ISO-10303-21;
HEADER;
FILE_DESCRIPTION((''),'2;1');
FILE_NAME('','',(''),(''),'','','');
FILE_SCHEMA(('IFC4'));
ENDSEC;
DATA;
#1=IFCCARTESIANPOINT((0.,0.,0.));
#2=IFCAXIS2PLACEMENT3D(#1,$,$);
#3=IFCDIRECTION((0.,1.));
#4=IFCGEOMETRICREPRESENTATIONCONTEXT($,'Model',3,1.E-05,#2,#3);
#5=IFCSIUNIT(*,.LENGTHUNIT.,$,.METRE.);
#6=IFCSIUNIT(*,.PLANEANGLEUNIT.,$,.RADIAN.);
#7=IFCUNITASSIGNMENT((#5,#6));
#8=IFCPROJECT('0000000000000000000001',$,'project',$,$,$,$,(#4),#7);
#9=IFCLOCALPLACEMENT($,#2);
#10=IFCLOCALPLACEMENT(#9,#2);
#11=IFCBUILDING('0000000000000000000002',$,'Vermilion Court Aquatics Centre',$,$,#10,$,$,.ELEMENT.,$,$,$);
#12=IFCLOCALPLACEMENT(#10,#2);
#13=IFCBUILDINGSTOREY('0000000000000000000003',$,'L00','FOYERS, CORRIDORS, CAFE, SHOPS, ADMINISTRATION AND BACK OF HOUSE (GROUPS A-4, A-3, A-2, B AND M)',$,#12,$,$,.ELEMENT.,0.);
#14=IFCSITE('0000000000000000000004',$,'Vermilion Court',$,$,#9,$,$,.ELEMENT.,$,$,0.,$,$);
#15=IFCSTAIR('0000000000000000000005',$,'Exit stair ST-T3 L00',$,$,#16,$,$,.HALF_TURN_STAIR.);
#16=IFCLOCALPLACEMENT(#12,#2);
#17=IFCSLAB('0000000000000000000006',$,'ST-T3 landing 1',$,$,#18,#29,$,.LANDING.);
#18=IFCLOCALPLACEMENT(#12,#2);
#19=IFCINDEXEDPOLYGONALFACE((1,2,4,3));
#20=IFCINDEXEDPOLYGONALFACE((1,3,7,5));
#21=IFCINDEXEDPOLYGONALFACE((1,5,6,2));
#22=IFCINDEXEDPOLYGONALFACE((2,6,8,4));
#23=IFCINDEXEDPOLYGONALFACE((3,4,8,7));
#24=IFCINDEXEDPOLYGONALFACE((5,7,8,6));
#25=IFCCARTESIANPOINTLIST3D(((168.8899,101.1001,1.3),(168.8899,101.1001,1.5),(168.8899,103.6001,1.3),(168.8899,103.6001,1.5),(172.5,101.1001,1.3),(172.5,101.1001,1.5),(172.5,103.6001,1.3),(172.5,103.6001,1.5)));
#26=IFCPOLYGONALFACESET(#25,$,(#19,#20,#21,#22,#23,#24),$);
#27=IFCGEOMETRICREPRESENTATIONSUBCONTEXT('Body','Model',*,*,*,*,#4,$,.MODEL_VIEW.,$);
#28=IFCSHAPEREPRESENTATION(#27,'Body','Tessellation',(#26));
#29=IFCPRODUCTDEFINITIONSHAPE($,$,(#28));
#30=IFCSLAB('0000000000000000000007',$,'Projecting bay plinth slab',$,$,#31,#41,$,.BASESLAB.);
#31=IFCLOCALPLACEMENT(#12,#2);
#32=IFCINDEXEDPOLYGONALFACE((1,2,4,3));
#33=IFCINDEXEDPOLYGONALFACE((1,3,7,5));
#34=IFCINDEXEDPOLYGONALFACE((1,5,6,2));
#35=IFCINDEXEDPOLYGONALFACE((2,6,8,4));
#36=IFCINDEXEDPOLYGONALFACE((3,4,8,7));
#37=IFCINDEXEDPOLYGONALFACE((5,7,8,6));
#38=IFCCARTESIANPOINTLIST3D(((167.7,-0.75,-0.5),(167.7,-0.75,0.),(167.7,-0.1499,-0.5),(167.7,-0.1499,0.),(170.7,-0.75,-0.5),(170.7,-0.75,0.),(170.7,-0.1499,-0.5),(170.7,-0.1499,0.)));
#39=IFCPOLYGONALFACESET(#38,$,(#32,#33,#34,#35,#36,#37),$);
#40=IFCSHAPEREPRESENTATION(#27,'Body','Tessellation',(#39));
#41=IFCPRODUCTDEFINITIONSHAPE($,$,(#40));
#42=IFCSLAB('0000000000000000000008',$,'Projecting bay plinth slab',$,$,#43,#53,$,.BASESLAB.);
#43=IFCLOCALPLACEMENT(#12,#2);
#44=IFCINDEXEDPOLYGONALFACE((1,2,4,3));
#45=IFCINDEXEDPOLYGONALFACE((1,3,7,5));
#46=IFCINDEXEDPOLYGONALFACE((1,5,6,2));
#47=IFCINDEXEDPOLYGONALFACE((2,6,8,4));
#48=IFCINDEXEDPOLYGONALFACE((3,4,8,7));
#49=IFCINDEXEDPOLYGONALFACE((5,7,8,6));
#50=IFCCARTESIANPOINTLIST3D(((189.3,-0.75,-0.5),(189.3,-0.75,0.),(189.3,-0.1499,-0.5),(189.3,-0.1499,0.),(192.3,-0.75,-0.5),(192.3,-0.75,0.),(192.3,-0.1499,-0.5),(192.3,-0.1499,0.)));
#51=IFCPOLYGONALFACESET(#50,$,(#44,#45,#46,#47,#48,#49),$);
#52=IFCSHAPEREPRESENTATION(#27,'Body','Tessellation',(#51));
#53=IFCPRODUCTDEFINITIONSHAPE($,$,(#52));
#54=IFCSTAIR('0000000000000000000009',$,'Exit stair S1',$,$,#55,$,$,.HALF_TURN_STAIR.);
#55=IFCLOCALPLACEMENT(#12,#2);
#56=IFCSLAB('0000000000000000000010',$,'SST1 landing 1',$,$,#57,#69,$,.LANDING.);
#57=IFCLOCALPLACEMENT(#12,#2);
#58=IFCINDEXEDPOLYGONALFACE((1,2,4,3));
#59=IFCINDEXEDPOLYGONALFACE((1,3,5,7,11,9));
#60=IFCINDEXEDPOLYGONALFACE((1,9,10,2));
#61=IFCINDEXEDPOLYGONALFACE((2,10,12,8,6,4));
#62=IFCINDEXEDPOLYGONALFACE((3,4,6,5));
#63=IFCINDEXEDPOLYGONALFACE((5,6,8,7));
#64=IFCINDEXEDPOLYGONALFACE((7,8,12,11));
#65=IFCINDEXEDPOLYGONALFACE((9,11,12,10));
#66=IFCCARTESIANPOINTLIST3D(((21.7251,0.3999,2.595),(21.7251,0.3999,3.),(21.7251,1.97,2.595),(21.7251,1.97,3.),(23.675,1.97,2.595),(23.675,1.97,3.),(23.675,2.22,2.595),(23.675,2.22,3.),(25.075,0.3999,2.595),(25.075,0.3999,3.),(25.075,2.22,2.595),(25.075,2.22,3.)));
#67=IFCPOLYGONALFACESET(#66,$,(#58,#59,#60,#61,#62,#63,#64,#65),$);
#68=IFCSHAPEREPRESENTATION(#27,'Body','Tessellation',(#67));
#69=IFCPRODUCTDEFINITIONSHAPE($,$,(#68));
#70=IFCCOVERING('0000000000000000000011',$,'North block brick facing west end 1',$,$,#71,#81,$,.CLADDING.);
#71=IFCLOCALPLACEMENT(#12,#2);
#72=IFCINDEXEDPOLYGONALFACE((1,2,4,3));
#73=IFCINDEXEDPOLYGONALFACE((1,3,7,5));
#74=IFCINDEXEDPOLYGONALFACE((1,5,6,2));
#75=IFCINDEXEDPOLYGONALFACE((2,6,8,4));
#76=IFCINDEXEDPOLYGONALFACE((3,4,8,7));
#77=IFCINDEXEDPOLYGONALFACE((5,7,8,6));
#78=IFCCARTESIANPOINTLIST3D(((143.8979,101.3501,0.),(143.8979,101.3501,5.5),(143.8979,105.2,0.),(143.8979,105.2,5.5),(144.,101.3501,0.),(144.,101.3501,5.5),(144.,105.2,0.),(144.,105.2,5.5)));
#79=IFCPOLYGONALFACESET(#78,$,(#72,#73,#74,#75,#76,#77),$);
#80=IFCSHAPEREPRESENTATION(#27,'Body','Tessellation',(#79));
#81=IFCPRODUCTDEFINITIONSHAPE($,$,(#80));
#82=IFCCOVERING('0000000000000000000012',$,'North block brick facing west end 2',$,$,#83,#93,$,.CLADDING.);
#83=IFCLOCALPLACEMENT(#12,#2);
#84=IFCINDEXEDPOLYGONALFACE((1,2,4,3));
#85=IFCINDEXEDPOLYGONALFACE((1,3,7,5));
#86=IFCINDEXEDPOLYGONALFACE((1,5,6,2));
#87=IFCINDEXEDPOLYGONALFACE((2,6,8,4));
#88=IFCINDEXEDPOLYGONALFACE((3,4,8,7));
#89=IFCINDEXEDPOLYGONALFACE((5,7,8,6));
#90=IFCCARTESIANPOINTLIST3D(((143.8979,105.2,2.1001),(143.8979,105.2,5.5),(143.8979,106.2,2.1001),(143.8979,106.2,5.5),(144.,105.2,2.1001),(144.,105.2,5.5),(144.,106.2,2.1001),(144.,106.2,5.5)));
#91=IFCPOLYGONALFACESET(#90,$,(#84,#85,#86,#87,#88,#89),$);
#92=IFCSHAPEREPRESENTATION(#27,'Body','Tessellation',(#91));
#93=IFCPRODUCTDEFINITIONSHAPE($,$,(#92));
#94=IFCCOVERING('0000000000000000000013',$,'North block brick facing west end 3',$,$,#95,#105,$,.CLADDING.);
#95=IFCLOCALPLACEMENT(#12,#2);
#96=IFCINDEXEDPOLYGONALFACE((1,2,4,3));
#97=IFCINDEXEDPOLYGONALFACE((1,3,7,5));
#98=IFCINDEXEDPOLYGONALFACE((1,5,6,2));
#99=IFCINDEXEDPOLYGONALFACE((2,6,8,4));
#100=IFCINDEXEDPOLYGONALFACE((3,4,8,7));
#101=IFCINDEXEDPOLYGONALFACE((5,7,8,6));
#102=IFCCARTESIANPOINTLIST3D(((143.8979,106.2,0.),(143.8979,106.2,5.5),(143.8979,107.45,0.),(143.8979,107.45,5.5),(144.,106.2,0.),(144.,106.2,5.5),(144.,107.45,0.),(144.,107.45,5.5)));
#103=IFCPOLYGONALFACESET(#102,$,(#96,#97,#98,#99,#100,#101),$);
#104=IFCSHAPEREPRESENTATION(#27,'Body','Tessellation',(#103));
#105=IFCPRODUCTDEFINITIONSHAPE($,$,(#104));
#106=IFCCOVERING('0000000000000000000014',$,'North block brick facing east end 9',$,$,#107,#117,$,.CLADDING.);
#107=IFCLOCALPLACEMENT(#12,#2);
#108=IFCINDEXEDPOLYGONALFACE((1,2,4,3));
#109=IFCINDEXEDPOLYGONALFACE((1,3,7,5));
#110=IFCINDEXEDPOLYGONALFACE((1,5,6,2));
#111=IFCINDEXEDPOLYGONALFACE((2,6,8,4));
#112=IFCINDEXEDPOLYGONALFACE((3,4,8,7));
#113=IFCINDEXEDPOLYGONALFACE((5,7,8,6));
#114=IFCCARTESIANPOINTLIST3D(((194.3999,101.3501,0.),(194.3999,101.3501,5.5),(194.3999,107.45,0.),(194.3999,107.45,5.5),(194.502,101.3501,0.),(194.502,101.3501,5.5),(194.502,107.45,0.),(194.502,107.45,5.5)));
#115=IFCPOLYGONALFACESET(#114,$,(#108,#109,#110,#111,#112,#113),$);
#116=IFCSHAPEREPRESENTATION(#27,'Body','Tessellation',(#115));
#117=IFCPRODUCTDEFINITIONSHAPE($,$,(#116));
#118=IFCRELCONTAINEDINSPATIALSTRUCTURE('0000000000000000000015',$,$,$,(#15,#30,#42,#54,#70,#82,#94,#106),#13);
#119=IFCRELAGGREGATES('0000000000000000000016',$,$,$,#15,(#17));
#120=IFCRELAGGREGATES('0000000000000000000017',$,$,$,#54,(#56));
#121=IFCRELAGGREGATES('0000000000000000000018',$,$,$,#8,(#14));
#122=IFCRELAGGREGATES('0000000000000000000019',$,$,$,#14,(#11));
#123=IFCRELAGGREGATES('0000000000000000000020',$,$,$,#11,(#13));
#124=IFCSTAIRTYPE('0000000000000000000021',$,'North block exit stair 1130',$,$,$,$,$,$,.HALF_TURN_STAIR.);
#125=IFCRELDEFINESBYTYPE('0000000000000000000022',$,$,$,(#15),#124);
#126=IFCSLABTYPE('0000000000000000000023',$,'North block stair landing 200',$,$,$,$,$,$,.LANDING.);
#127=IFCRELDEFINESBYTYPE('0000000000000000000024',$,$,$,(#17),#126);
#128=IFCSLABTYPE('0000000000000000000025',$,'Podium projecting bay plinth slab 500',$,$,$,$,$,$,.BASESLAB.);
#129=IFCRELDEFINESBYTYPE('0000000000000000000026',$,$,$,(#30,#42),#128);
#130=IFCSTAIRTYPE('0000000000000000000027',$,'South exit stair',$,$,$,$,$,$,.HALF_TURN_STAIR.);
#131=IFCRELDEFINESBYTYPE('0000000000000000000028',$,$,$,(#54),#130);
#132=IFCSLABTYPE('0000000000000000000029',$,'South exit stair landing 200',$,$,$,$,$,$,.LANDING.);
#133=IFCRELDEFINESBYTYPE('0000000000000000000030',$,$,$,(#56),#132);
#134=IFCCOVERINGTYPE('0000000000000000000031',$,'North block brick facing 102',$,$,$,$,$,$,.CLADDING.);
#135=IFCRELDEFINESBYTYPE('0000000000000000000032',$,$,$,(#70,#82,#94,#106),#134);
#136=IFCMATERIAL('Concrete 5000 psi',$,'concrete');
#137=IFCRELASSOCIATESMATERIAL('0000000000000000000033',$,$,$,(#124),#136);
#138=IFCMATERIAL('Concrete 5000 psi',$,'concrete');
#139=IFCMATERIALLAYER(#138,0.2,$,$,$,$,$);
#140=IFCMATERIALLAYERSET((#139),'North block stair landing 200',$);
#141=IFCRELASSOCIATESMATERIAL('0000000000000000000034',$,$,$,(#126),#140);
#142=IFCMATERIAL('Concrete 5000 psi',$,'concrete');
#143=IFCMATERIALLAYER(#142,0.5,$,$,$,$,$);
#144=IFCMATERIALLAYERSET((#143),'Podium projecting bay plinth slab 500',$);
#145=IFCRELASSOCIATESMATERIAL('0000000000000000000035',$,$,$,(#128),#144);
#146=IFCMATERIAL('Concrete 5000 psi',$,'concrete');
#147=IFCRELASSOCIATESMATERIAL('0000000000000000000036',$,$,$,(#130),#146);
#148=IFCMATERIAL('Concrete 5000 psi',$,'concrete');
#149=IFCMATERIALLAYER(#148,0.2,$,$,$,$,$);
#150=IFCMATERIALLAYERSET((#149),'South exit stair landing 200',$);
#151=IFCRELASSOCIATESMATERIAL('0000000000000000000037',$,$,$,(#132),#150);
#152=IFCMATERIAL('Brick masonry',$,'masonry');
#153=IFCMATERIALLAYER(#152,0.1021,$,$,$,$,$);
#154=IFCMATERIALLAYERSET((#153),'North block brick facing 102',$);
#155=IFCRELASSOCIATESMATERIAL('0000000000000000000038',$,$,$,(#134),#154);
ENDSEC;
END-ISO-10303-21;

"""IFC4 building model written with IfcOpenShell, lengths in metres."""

from ifc_helpers import new_model, si_unit, direction, frame, origin, place, context, subcontext, project, spatial, polyline, outline, extrude, material, layer, layer_set, type_object, element, aggregate, save


model = new_model("IFC4")

# Units and contexts
model_context = context("Model", 3, precision=1e-05, world=origin(), true_north=direction((0.0, 1.0)))
body_context = subcontext(model_context, "Body", "Model", "MODEL_VIEW")
ifc_project = project(units=[si_unit("LENGTHUNIT", "METRE"), si_unit("PLANEANGLEUNIT", "RADIAN")], contexts=[model_context])

# Site, building, storey
site_placement = place(None, origin())
site = spatial("IfcSite", under=ifc_project, at=site_placement, Name="Vermilion Court", CompositionType="ELEMENT", RefElevation=0.0)
building_placement = place(site_placement, origin())
building = spatial("IfcBuilding", under=site, at=building_placement, Name="Vermilion Court Aquatics Centre", CompositionType="ELEMENT")
storey_placement = place(building_placement, origin())
storey = spatial("IfcBuildingStorey", under=building, at=storey_placement, Name="L00", Description="FOYERS, CORRIDORS, CAFE, SHOPS, ADMINISTRATION AND BACK OF HOUSE (GROUPS A-4, A-3, A-2, B AND M)", CompositionType="ELEMENT", Elevation=0.0)

# Stair, slab
ifc_material_1 = material(Name="Concrete 5000 psi", Category="concrete")
stair_type_1 = type_object("IfcStairType", Name="North block exit stair 1130", PredefinedType="HALF_TURN_STAIR", material=ifc_material_1)
ifc_material_2 = material(Name="Concrete 5000 psi", Category="concrete")
ifc_layer_1 = layer(ifc_material_2, 0.2)
ifc_layer_set_1 = layer_set([ifc_layer_1], Name="North block stair landing 200")
slab_type_1 = type_object("IfcSlabType", Name="North block stair landing 200", PredefinedType="LANDING", material=ifc_layer_set_1)
stair_1_placement = place(storey_placement, origin())
stair_1 = element("IfcStair", 1, at=stair_1_placement, inside=storey, type_object=stair_type_1, Name="Exit stair ST-T3 L00", PredefinedType="HALF_TURN_STAIR")
slab_1_placement = place(storey_placement, frame((0.0, 0.0, 1.3)))
slab_1 = element("IfcSlab", 2, at=slab_1_placement, type_object=slab_type_1, Name="ST-T3 landing 1", PredefinedType="LANDING", context=body_context, shape_type="SweptSolid", body=[
    extrude(outline(polyline([(168.8899, 101.1001), (172.5, 101.1001), (172.5, 103.6001), (168.8899, 103.6001), (168.8899, 101.1001)])), origin(), (0.0, 0.0, 1.0), 0.2),
])
aggregate(stair_1, [slab_1])

# Slabs
ifc_material_3 = material(Name="Concrete 5000 psi", Category="concrete")
ifc_layer_2 = layer(ifc_material_3, 0.5)
ifc_layer_set_2 = layer_set([ifc_layer_2], Name="Podium projecting bay plinth slab 500")
slab_type_2 = type_object("IfcSlabType", Name="Podium projecting bay plinth slab 500", PredefinedType="BASESLAB", material=ifc_layer_set_2)
slab_2_placement = place(storey_placement, frame((0.0, 0.0, -0.5)))
element("IfcSlab", 3, at=slab_2_placement, inside=storey, type_object=slab_type_2, Name="Projecting bay plinth slab", PredefinedType="BASESLAB", context=body_context, shape_type="SweptSolid", body=[
    extrude(outline(polyline([(170.7, -0.75), (170.7, -0.1499), (167.7, -0.1499), (167.7, -0.75), (170.7, -0.75)])), origin(), (0.0, 0.0, 1.0), 0.5),
])
slab_3_placement = place(storey_placement, frame((0.0, 0.0, -0.5)))
element("IfcSlab", 4, at=slab_3_placement, inside=storey, type_object=slab_type_2, Name="Projecting bay plinth slab", PredefinedType="BASESLAB", context=body_context, shape_type="SweptSolid", body=[
    extrude(outline(polyline([(192.3, -0.75), (192.3, -0.1499), (189.3, -0.1499), (189.3, -0.75), (192.3, -0.75)])), origin(), (0.0, 0.0, 1.0), 0.5),
])

# Stair, slab
ifc_material_4 = material(Name="Concrete 5000 psi", Category="concrete")
stair_type_2 = type_object("IfcStairType", Name="South exit stair", PredefinedType="HALF_TURN_STAIR", material=ifc_material_4)
stair_2_placement = place(storey_placement, origin())
stair_2 = element("IfcStair", 5, at=stair_2_placement, inside=storey, type_object=stair_type_2, Name="Exit stair S1", PredefinedType="HALF_TURN_STAIR")
ifc_material_5 = material(Name="Concrete 5000 psi", Category="concrete")
ifc_layer_3 = layer(ifc_material_5, 0.2)
ifc_layer_set_3 = layer_set([ifc_layer_3], Name="South exit stair landing 200")
slab_type_3 = type_object("IfcSlabType", Name="South exit stair landing 200", PredefinedType="LANDING", material=ifc_layer_set_3)
slab_4_placement = place(storey_placement, frame((0.0, 0.0, 2.595)))
slab_4 = element("IfcSlab", 6, at=slab_4_placement, type_object=slab_type_3, Name="SST1 landing 1", PredefinedType="LANDING", context=body_context, shape_type="SweptSolid", body=[
    extrude(outline(polyline([(21.7251, 0.3999), (25.075, 0.3999), (25.075, 2.22), (23.675, 2.22), (23.675, 1.97), (21.7251, 1.97), (21.7251, 0.3999)])), origin(), (0.0, 0.0, 1.0), 0.405),
])
aggregate(stair_2, [slab_4])

# Coverings
ifc_material_6 = material(Name="Brick masonry", Category="masonry")
ifc_layer_4 = layer(ifc_material_6, 0.1021)
ifc_layer_set_4 = layer_set([ifc_layer_4], Name="North block brick facing 102")
covering_type = type_object("IfcCoveringType", Name="North block brick facing 102", PredefinedType="CLADDING", material=ifc_layer_set_4)
covering_1_placement = place(storey_placement, origin())
element("IfcCovering", 7, at=covering_1_placement, inside=storey, type_object=covering_type, Name="North block brick facing west end 1", PredefinedType="CLADDING", context=body_context, shape_type="SweptSolid", body=[
    extrude(outline(polyline([(143.8979, 101.3501), (144.0, 101.3501), (144.0, 105.2), (143.8979, 105.2), (143.8979, 101.3501)])), origin(), (0.0, 0.0, 1.0), 5.5),
])
covering_2_placement = place(storey_placement, frame((0.0, 0.0, 2.1001)))
element("IfcCovering", 8, at=covering_2_placement, inside=storey, type_object=covering_type, Name="North block brick facing west end 2", PredefinedType="CLADDING", context=body_context, shape_type="SweptSolid", body=[
    extrude(outline(polyline([(143.8979, 105.2), (144.0, 105.2), (144.0, 106.2), (143.8979, 106.2), (143.8979, 105.2)])), origin(), (0.0, 0.0, 1.0), 3.3999),
])
covering_3_placement = place(storey_placement, origin())
element("IfcCovering", 9, at=covering_3_placement, inside=storey, type_object=covering_type, Name="North block brick facing west end 3", PredefinedType="CLADDING", context=body_context, shape_type="SweptSolid", body=[
    extrude(outline(polyline([(143.8979, 106.2), (144.0, 106.2), (144.0, 107.45), (143.8979, 107.45), (143.8979, 106.2)])), origin(), (0.0, 0.0, 1.0), 5.5),
])
covering_4_placement = place(storey_placement, origin())
element("IfcCovering", 10, at=covering_4_placement, inside=storey, type_object=covering_type, Name="North block brick facing east end 9", PredefinedType="CLADDING", context=body_context, shape_type="SweptSolid", body=[
    extrude(outline(polyline([(194.3999, 101.3501), (194.502, 101.3501), (194.502, 107.45), (194.3999, 107.45), (194.3999, 101.3501)])), origin(), (0.0, 0.0, 1.0), 5.5),
])

save(model, "model.ifc")
